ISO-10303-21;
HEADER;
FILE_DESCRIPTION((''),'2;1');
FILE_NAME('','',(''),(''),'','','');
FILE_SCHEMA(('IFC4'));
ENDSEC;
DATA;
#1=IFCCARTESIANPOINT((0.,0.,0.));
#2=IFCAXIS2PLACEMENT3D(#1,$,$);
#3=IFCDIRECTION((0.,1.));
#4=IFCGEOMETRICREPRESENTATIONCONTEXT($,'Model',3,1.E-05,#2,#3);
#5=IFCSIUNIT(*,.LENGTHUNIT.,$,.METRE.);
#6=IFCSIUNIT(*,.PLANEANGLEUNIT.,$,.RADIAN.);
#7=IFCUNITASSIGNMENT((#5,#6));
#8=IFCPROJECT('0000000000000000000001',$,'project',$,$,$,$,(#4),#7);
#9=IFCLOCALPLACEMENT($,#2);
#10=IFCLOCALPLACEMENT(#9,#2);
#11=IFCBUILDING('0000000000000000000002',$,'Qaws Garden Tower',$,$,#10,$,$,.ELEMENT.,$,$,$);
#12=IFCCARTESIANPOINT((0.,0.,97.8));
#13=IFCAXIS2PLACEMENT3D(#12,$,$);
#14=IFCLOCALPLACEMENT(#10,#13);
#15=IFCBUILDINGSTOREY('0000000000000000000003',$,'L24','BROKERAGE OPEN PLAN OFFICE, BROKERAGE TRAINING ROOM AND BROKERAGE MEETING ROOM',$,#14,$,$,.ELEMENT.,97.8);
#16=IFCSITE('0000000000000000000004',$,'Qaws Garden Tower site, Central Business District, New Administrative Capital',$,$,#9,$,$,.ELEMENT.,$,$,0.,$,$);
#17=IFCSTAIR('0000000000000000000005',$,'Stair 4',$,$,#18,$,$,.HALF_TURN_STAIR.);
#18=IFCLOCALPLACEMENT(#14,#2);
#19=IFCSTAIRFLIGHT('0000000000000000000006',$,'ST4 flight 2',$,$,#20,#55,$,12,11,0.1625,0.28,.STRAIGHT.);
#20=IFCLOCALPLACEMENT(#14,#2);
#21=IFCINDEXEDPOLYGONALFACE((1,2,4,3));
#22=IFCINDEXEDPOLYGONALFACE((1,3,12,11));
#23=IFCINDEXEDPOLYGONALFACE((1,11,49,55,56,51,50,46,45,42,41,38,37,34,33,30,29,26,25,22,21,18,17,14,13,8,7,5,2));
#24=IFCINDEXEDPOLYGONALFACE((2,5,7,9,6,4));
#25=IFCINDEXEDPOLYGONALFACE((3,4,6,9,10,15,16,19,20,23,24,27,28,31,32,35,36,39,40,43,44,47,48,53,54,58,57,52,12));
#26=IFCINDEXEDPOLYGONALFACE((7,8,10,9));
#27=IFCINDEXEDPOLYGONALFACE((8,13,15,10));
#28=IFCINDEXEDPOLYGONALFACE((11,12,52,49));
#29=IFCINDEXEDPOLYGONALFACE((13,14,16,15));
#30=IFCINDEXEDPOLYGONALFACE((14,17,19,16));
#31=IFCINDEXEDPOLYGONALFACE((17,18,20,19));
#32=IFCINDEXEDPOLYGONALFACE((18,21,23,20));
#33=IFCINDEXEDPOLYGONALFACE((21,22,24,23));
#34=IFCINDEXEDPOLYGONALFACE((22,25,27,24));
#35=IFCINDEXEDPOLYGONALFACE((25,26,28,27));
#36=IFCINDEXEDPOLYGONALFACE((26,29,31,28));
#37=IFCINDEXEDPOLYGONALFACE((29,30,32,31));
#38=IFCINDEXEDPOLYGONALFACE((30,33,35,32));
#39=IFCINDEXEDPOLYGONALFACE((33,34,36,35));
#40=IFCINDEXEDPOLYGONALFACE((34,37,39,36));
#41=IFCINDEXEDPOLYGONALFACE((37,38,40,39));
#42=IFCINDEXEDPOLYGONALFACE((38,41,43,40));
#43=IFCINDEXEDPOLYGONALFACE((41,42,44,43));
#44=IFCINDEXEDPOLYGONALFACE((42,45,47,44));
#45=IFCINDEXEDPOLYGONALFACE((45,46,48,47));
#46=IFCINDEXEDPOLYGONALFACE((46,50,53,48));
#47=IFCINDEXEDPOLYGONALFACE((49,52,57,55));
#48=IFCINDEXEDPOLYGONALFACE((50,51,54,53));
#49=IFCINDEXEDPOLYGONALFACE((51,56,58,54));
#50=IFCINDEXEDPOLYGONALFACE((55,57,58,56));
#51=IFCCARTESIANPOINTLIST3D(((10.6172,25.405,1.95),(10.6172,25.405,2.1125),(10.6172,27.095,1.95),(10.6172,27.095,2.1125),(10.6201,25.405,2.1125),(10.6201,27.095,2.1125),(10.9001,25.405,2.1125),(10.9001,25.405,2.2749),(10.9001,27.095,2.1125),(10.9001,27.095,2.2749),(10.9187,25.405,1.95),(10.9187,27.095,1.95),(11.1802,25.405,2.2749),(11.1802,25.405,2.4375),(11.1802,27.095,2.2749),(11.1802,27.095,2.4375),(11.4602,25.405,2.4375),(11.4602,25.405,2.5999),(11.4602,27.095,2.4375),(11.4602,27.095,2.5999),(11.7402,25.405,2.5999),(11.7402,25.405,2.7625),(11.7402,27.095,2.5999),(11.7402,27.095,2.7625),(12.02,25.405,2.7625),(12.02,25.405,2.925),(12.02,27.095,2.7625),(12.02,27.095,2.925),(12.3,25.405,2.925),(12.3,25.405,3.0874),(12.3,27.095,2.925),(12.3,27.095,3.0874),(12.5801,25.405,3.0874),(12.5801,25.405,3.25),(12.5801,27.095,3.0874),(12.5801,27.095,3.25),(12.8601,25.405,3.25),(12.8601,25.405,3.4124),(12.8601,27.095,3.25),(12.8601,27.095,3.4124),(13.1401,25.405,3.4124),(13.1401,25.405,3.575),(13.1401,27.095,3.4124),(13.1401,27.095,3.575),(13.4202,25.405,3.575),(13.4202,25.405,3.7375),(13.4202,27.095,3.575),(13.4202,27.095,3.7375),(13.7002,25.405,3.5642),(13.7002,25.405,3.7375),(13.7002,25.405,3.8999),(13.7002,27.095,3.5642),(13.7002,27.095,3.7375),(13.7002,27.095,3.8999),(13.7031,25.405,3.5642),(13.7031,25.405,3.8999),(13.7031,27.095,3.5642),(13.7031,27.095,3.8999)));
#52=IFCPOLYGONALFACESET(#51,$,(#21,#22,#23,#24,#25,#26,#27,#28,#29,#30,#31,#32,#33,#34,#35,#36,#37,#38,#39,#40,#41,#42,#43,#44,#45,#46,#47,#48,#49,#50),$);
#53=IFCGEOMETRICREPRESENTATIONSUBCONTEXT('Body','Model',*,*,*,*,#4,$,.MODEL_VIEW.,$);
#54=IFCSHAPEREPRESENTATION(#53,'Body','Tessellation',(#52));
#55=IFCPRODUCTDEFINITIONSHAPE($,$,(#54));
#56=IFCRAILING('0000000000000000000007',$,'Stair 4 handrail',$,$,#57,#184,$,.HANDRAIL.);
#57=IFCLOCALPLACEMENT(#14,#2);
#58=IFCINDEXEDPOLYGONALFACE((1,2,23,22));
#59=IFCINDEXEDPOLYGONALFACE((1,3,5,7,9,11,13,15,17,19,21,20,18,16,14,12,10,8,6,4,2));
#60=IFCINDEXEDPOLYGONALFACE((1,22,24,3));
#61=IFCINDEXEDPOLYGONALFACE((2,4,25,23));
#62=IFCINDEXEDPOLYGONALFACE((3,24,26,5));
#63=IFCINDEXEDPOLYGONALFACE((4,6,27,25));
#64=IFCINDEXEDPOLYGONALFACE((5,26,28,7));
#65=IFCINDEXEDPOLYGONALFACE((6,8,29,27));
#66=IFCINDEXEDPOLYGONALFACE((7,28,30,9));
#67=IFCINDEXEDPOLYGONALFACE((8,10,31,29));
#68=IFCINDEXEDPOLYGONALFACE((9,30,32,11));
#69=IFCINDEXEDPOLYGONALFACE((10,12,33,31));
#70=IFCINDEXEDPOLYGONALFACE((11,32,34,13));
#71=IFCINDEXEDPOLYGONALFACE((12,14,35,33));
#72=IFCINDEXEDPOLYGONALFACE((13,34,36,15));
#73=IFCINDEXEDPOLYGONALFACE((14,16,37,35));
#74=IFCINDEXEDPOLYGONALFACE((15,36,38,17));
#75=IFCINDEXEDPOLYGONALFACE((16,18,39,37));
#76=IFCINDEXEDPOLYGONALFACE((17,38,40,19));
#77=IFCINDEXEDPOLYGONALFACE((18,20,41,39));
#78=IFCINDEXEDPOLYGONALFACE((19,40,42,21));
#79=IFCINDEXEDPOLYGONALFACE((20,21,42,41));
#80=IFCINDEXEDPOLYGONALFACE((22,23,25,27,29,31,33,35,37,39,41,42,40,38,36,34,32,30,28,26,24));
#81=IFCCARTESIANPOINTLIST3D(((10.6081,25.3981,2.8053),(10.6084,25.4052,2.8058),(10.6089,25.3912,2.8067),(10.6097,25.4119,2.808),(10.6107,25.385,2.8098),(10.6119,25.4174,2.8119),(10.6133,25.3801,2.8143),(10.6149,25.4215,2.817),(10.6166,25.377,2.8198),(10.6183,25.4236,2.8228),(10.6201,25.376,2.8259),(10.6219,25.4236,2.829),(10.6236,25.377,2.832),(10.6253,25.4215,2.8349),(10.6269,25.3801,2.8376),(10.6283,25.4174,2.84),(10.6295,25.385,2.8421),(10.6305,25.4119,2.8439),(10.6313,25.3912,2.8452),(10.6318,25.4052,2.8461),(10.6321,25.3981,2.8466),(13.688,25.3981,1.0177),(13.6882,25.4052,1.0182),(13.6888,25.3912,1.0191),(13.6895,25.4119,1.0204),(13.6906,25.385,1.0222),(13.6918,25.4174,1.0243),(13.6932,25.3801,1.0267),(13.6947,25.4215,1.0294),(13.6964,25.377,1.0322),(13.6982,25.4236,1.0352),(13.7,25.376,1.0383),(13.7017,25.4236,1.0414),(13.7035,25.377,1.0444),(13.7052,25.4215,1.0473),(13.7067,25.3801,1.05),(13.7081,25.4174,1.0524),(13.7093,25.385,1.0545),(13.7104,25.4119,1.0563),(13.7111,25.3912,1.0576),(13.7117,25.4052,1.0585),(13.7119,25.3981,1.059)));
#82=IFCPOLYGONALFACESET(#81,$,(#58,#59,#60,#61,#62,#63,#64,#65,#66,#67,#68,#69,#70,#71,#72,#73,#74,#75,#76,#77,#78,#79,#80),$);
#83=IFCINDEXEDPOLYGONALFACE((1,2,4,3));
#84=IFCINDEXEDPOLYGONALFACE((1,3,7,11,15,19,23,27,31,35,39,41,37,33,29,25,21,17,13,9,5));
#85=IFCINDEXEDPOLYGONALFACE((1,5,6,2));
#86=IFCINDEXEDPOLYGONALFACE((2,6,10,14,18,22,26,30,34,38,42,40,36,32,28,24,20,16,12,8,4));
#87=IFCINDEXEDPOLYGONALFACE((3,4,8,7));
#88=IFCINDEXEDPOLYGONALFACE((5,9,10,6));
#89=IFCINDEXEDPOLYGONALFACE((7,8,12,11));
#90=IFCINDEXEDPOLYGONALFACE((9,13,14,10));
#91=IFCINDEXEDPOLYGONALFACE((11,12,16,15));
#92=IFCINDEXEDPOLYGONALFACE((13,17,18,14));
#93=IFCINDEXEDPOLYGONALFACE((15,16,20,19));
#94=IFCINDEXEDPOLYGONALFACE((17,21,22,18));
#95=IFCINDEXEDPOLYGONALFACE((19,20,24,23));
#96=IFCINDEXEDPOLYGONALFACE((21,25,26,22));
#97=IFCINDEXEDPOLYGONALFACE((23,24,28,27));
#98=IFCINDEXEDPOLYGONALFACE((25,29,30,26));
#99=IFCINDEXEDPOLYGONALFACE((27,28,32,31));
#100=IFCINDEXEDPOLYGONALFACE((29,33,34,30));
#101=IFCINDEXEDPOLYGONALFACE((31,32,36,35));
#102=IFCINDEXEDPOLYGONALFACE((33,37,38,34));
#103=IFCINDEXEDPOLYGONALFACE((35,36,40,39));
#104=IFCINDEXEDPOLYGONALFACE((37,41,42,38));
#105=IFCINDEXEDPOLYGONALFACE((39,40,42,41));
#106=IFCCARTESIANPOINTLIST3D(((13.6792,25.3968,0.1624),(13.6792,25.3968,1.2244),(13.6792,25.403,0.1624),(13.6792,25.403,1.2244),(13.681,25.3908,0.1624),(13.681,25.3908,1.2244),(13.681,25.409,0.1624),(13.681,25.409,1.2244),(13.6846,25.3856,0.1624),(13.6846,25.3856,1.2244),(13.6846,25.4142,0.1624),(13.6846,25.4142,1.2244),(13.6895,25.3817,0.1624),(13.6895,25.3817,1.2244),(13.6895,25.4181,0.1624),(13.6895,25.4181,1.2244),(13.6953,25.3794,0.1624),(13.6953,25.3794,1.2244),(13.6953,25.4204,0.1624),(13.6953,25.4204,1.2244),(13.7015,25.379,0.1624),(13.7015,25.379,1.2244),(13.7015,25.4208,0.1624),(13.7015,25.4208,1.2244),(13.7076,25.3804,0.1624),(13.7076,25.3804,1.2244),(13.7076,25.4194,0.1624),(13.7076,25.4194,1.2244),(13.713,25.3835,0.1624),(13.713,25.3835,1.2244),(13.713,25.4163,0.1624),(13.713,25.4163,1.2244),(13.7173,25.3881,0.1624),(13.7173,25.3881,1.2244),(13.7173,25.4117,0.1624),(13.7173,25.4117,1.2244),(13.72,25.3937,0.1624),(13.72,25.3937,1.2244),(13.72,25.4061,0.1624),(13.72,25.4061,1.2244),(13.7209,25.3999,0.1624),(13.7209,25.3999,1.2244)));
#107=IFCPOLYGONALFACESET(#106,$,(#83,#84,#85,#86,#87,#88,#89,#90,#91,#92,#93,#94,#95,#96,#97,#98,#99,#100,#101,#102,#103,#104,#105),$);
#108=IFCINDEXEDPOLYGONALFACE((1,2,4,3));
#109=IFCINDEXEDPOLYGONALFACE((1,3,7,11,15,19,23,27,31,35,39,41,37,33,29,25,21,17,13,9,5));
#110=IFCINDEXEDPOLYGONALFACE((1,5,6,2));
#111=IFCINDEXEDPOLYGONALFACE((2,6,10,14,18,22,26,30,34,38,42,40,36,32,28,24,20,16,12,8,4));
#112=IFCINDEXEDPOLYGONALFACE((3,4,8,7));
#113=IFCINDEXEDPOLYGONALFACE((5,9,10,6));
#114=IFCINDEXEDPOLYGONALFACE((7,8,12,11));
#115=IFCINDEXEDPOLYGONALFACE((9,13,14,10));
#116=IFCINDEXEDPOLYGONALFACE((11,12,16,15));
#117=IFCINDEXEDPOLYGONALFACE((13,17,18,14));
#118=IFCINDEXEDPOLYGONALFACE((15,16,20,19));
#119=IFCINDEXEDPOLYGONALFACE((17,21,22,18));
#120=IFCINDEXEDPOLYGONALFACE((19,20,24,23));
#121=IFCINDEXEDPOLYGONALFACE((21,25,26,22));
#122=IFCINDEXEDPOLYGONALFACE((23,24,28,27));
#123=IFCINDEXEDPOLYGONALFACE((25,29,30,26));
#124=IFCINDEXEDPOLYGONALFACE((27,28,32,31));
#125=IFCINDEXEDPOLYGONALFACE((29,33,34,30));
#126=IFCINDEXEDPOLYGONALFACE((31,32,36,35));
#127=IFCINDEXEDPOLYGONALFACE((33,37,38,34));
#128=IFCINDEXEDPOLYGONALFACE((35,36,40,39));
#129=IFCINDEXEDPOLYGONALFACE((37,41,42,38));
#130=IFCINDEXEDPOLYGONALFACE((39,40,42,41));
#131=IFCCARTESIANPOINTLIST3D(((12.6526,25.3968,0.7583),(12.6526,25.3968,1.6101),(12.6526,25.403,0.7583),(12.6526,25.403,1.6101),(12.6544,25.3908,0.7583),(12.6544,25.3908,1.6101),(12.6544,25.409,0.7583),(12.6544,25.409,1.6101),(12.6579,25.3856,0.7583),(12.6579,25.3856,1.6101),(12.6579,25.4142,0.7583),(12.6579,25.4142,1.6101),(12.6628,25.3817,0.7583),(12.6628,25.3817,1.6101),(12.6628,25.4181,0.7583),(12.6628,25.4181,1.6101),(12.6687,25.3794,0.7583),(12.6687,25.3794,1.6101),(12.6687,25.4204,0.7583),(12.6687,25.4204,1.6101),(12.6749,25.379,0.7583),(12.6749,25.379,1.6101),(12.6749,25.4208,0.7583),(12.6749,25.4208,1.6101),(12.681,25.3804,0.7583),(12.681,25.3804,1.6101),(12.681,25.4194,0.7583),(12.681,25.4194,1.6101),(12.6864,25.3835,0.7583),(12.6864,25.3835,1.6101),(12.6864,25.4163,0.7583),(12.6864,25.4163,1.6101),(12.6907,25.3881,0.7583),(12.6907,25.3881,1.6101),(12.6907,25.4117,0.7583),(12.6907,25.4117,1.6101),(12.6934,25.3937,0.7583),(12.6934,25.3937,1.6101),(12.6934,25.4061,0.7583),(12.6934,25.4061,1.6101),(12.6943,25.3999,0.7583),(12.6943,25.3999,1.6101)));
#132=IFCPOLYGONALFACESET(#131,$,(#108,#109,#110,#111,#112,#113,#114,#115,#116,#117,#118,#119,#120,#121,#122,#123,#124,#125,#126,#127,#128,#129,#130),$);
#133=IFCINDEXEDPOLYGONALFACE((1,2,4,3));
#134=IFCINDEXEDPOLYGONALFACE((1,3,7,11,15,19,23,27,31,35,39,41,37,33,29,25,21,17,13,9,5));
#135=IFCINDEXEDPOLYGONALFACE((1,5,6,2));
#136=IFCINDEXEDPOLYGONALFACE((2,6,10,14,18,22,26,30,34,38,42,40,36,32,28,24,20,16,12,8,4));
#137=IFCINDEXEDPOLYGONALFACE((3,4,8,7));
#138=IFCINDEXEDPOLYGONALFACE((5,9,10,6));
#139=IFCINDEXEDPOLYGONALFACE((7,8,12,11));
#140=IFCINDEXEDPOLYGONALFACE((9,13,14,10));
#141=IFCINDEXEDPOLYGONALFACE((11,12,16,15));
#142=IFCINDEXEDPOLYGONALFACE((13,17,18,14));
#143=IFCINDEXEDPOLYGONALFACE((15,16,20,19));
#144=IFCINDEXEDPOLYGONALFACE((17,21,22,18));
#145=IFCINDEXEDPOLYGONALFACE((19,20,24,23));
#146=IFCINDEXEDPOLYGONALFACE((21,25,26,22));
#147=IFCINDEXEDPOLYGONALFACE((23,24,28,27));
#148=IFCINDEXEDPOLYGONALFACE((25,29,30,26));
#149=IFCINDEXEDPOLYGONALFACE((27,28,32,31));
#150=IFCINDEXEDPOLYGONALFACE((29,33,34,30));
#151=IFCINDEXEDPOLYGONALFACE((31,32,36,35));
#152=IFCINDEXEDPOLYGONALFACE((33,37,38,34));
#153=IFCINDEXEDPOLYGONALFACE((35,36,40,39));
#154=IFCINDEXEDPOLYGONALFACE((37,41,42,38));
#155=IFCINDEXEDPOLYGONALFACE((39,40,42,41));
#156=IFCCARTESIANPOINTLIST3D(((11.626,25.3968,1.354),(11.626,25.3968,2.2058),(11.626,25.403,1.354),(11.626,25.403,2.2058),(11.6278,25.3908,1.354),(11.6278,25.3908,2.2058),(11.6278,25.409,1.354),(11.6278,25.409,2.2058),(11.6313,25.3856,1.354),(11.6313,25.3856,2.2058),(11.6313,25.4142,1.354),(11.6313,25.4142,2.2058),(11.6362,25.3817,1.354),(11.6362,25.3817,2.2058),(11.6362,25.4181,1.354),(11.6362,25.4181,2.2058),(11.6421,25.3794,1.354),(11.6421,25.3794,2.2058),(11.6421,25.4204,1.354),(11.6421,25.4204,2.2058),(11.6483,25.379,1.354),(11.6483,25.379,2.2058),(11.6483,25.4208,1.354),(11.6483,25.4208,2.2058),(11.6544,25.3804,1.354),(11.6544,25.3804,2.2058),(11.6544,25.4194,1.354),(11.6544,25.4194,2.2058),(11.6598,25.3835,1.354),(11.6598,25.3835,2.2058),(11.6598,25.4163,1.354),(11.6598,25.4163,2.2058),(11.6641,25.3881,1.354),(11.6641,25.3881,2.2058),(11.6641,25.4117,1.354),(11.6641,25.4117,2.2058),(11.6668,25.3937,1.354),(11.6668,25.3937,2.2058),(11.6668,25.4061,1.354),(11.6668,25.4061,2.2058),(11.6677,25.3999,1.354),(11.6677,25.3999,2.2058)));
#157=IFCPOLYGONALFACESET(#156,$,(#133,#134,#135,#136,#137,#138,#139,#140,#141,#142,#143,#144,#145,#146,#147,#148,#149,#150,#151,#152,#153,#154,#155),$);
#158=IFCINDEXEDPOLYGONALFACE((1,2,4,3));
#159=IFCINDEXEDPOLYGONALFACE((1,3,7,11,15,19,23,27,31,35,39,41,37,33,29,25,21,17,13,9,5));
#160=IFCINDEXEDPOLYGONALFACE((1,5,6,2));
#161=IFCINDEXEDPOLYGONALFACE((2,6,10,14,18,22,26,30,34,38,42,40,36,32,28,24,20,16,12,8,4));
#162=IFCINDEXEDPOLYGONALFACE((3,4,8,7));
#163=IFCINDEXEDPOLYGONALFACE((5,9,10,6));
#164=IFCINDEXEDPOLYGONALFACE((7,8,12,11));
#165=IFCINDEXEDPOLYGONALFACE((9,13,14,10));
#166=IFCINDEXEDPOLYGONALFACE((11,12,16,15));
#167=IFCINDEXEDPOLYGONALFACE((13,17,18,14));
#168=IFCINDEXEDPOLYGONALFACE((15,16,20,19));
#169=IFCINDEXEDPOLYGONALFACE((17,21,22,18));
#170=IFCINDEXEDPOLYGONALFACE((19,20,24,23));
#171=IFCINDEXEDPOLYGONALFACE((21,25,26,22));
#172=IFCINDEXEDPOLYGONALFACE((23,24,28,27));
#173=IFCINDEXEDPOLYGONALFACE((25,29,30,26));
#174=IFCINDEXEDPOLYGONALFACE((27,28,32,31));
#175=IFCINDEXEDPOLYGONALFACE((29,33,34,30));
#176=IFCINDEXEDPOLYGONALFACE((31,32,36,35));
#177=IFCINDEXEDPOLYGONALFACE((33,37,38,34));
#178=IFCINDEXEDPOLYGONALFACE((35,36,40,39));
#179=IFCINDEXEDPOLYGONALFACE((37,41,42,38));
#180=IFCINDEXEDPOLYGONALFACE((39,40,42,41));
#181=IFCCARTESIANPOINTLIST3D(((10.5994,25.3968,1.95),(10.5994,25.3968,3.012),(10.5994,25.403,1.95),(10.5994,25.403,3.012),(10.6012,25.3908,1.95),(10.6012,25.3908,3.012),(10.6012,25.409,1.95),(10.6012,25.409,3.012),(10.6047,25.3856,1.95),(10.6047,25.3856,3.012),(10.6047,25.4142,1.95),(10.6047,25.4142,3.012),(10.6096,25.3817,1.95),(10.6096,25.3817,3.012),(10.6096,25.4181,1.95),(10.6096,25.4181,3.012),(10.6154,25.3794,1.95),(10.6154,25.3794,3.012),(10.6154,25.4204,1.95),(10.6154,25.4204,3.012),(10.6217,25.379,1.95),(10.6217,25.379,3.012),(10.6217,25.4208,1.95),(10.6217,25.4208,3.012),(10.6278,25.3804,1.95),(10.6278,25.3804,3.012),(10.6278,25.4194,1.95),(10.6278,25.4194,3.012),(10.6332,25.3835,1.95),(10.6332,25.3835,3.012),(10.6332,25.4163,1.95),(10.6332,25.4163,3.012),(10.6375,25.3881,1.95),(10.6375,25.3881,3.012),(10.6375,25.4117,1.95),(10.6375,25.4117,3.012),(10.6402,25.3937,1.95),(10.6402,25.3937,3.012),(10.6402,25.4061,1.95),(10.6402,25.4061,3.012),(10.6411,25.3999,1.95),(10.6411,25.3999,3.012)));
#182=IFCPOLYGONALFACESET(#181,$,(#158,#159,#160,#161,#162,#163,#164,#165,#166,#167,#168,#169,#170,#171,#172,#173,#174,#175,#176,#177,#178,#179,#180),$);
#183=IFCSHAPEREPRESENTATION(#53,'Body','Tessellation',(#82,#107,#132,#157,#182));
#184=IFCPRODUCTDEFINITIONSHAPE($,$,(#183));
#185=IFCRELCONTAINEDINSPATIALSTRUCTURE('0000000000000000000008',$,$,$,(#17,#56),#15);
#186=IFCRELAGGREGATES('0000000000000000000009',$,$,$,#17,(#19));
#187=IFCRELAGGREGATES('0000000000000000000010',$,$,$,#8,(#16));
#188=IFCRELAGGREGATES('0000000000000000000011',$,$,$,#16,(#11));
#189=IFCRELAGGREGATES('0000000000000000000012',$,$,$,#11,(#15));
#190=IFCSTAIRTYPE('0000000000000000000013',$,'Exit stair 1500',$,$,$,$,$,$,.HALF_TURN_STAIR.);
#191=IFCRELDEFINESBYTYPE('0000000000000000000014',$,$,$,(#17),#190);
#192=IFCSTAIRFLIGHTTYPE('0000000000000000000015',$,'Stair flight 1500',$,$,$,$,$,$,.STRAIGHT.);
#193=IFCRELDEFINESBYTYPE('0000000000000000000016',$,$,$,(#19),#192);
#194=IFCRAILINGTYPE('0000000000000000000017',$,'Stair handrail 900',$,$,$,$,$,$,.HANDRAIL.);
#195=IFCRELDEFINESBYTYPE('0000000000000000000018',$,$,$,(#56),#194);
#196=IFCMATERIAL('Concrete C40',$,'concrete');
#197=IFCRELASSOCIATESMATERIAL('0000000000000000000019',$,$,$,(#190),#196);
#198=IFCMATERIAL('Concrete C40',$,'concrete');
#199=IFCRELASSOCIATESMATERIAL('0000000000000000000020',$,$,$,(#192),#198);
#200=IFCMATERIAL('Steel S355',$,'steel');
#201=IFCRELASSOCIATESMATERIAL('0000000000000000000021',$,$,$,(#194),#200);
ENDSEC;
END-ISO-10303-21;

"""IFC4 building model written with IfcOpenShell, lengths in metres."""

from ifc_helpers import new_model, si_unit, direction, frame, origin, origin_2d, place, context, subcontext, project, spatial, polyline, circle, outline, extrude, material, type_object, element, aggregate, save


model = new_model("IFC4")

# Units and contexts
model_context = context("Model", 3, precision=1e-05, world=origin(), true_north=direction((0.0, 1.0)))
body_context = subcontext(model_context, "Body", "Model", "MODEL_VIEW")
ifc_project = project(units=[si_unit("LENGTHUNIT", "METRE"), si_unit("PLANEANGLEUNIT", "RADIAN")], contexts=[model_context])

# Site, building, storey
site_placement = place(None, origin())
site = spatial("IfcSite", under=ifc_project, at=site_placement, Name="Qaws Garden Tower site, Central Business District, New Administrative Capital", CompositionType="ELEMENT", RefElevation=0.0)
building_placement = place(site_placement, origin())
building = spatial("IfcBuilding", under=site, at=building_placement, Name="Qaws Garden Tower", CompositionType="ELEMENT")
storey_placement = place(building_placement, frame((0.0, 0.0, 97.8)))
storey = spatial("IfcBuildingStorey", under=building, at=storey_placement, Name="L24", Description="BROKERAGE OPEN PLAN OFFICE, BROKERAGE TRAINING ROOM AND BROKERAGE MEETING ROOM", CompositionType="ELEMENT", Elevation=97.8)

# Stair, stair flight
ifc_material_1 = material(Name="Concrete C40", Category="concrete")
stair_type = type_object("IfcStairType", Name="Exit stair 1500", PredefinedType="HALF_TURN_STAIR", material=ifc_material_1)
stair_placement = place(storey_placement, origin())
stair = element("IfcStair", 1, at=stair_placement, inside=storey, type_object=stair_type, Name="Stair 4", PredefinedType="HALF_TURN_STAIR")
ifc_material_2 = material(Name="Concrete C40", Category="concrete")
stair_flight_type = type_object("IfcStairFlightType", Name="Stair flight 1500", PredefinedType="STRAIGHT", material=ifc_material_2)
stair_flight_1_placement = place(storey_placement, frame((10.6201, 26.25, 1.95), z_axis=(0.0, 0.0, 1.0), x_axis=(1.0, 0.0, 0.0)))
stair_flight_1 = element("IfcStairFlight", 2, at=stair_flight_1_placement, type_object=stair_flight_type, Name="ST4 flight 2", NumberOfRisers=12, NumberOfTreads=11, PredefinedType="STRAIGHT", RiserHeight=0.1625, TreadLength=0.28, context=body_context, shape_type="SweptSolid", body=[
    extrude(outline(polyline([(-0.0029, 0.0), (-0.0029, 0.1626), (0.0, 0.1626), (0.28, 0.1626), (0.28, 0.325), (0.5601, 0.325), (0.5601, 0.4875), (0.8401, 0.4875), (0.8401, 0.6499), (1.1201, 0.6499), (1.1201, 0.8125), (1.3999, 0.8125), (1.3999, 0.9751), (1.6799, 0.9751), (1.6799, 1.1375), (1.96, 1.1375), (1.96, 1.3), (2.24, 1.3), (2.24, 1.4624), (2.52, 1.4624), (2.52, 1.625), (2.8, 1.625), (2.8, 1.7876), (3.0801, 1.7876), (3.0801, 1.95), (3.083, 1.95), (3.083, 1.6143), (3.0801, 1.6143), (0.2986, 0.0), (-0.0029, 0.0)])), frame((0.0, 0.845, 0.0), z_axis=(0.0, -1.0, 0.0), x_axis=(1.0, 0.0, 0.0)), (0.0, 0.0, 1.0), 1.6899),
])
aggregate(stair, [stair_flight_1])

# Railing
ifc_material_3 = material(Name="Steel S355", Category="steel")
railing_type = type_object("IfcRailingType", Name="Stair handrail 900", PredefinedType="HANDRAIL", material=ifc_material_3)
railing_1_placement = place(storey_placement, frame((13.7, 25.3999, 0.1624)))
element("IfcRailing", 3, at=railing_1_placement, inside=storey, type_object=railing_type, Name="Stair 4 handrail", PredefinedType="HANDRAIL", context=body_context, shape_type="SweptSolid", body=[
    extrude(circle(Radius=0.0239, at=origin_2d()), frame((0.0, 0.0, 0.876), z_axis=(-0.864873, 0.0, 0.50199), x_axis=(0.0, -1.0, 0.0)), (0.0, 0.0, 1.0), 3.561),
    extrude(circle(Radius=0.021, at=origin_2d()), origin(), (0.0, 0.0, 1.0), 1.062),
    extrude(circle(Radius=0.021, at=origin_2d()), frame((-1.0266, 0.0, 0.5959)), (0.0, 0.0, 1.0), 0.8518),
    extrude(circle(Radius=0.021, at=origin_2d()), frame((-2.0532, 0.0, 1.1917)), (0.0, 0.0, 1.0), 0.8518),
    extrude(circle(Radius=0.021, at=origin_2d()), frame((-3.0798, 0.0, 1.7876)), (0.0, 0.0, 1.0), 1.062),
])

save(model, "model.ifc")
